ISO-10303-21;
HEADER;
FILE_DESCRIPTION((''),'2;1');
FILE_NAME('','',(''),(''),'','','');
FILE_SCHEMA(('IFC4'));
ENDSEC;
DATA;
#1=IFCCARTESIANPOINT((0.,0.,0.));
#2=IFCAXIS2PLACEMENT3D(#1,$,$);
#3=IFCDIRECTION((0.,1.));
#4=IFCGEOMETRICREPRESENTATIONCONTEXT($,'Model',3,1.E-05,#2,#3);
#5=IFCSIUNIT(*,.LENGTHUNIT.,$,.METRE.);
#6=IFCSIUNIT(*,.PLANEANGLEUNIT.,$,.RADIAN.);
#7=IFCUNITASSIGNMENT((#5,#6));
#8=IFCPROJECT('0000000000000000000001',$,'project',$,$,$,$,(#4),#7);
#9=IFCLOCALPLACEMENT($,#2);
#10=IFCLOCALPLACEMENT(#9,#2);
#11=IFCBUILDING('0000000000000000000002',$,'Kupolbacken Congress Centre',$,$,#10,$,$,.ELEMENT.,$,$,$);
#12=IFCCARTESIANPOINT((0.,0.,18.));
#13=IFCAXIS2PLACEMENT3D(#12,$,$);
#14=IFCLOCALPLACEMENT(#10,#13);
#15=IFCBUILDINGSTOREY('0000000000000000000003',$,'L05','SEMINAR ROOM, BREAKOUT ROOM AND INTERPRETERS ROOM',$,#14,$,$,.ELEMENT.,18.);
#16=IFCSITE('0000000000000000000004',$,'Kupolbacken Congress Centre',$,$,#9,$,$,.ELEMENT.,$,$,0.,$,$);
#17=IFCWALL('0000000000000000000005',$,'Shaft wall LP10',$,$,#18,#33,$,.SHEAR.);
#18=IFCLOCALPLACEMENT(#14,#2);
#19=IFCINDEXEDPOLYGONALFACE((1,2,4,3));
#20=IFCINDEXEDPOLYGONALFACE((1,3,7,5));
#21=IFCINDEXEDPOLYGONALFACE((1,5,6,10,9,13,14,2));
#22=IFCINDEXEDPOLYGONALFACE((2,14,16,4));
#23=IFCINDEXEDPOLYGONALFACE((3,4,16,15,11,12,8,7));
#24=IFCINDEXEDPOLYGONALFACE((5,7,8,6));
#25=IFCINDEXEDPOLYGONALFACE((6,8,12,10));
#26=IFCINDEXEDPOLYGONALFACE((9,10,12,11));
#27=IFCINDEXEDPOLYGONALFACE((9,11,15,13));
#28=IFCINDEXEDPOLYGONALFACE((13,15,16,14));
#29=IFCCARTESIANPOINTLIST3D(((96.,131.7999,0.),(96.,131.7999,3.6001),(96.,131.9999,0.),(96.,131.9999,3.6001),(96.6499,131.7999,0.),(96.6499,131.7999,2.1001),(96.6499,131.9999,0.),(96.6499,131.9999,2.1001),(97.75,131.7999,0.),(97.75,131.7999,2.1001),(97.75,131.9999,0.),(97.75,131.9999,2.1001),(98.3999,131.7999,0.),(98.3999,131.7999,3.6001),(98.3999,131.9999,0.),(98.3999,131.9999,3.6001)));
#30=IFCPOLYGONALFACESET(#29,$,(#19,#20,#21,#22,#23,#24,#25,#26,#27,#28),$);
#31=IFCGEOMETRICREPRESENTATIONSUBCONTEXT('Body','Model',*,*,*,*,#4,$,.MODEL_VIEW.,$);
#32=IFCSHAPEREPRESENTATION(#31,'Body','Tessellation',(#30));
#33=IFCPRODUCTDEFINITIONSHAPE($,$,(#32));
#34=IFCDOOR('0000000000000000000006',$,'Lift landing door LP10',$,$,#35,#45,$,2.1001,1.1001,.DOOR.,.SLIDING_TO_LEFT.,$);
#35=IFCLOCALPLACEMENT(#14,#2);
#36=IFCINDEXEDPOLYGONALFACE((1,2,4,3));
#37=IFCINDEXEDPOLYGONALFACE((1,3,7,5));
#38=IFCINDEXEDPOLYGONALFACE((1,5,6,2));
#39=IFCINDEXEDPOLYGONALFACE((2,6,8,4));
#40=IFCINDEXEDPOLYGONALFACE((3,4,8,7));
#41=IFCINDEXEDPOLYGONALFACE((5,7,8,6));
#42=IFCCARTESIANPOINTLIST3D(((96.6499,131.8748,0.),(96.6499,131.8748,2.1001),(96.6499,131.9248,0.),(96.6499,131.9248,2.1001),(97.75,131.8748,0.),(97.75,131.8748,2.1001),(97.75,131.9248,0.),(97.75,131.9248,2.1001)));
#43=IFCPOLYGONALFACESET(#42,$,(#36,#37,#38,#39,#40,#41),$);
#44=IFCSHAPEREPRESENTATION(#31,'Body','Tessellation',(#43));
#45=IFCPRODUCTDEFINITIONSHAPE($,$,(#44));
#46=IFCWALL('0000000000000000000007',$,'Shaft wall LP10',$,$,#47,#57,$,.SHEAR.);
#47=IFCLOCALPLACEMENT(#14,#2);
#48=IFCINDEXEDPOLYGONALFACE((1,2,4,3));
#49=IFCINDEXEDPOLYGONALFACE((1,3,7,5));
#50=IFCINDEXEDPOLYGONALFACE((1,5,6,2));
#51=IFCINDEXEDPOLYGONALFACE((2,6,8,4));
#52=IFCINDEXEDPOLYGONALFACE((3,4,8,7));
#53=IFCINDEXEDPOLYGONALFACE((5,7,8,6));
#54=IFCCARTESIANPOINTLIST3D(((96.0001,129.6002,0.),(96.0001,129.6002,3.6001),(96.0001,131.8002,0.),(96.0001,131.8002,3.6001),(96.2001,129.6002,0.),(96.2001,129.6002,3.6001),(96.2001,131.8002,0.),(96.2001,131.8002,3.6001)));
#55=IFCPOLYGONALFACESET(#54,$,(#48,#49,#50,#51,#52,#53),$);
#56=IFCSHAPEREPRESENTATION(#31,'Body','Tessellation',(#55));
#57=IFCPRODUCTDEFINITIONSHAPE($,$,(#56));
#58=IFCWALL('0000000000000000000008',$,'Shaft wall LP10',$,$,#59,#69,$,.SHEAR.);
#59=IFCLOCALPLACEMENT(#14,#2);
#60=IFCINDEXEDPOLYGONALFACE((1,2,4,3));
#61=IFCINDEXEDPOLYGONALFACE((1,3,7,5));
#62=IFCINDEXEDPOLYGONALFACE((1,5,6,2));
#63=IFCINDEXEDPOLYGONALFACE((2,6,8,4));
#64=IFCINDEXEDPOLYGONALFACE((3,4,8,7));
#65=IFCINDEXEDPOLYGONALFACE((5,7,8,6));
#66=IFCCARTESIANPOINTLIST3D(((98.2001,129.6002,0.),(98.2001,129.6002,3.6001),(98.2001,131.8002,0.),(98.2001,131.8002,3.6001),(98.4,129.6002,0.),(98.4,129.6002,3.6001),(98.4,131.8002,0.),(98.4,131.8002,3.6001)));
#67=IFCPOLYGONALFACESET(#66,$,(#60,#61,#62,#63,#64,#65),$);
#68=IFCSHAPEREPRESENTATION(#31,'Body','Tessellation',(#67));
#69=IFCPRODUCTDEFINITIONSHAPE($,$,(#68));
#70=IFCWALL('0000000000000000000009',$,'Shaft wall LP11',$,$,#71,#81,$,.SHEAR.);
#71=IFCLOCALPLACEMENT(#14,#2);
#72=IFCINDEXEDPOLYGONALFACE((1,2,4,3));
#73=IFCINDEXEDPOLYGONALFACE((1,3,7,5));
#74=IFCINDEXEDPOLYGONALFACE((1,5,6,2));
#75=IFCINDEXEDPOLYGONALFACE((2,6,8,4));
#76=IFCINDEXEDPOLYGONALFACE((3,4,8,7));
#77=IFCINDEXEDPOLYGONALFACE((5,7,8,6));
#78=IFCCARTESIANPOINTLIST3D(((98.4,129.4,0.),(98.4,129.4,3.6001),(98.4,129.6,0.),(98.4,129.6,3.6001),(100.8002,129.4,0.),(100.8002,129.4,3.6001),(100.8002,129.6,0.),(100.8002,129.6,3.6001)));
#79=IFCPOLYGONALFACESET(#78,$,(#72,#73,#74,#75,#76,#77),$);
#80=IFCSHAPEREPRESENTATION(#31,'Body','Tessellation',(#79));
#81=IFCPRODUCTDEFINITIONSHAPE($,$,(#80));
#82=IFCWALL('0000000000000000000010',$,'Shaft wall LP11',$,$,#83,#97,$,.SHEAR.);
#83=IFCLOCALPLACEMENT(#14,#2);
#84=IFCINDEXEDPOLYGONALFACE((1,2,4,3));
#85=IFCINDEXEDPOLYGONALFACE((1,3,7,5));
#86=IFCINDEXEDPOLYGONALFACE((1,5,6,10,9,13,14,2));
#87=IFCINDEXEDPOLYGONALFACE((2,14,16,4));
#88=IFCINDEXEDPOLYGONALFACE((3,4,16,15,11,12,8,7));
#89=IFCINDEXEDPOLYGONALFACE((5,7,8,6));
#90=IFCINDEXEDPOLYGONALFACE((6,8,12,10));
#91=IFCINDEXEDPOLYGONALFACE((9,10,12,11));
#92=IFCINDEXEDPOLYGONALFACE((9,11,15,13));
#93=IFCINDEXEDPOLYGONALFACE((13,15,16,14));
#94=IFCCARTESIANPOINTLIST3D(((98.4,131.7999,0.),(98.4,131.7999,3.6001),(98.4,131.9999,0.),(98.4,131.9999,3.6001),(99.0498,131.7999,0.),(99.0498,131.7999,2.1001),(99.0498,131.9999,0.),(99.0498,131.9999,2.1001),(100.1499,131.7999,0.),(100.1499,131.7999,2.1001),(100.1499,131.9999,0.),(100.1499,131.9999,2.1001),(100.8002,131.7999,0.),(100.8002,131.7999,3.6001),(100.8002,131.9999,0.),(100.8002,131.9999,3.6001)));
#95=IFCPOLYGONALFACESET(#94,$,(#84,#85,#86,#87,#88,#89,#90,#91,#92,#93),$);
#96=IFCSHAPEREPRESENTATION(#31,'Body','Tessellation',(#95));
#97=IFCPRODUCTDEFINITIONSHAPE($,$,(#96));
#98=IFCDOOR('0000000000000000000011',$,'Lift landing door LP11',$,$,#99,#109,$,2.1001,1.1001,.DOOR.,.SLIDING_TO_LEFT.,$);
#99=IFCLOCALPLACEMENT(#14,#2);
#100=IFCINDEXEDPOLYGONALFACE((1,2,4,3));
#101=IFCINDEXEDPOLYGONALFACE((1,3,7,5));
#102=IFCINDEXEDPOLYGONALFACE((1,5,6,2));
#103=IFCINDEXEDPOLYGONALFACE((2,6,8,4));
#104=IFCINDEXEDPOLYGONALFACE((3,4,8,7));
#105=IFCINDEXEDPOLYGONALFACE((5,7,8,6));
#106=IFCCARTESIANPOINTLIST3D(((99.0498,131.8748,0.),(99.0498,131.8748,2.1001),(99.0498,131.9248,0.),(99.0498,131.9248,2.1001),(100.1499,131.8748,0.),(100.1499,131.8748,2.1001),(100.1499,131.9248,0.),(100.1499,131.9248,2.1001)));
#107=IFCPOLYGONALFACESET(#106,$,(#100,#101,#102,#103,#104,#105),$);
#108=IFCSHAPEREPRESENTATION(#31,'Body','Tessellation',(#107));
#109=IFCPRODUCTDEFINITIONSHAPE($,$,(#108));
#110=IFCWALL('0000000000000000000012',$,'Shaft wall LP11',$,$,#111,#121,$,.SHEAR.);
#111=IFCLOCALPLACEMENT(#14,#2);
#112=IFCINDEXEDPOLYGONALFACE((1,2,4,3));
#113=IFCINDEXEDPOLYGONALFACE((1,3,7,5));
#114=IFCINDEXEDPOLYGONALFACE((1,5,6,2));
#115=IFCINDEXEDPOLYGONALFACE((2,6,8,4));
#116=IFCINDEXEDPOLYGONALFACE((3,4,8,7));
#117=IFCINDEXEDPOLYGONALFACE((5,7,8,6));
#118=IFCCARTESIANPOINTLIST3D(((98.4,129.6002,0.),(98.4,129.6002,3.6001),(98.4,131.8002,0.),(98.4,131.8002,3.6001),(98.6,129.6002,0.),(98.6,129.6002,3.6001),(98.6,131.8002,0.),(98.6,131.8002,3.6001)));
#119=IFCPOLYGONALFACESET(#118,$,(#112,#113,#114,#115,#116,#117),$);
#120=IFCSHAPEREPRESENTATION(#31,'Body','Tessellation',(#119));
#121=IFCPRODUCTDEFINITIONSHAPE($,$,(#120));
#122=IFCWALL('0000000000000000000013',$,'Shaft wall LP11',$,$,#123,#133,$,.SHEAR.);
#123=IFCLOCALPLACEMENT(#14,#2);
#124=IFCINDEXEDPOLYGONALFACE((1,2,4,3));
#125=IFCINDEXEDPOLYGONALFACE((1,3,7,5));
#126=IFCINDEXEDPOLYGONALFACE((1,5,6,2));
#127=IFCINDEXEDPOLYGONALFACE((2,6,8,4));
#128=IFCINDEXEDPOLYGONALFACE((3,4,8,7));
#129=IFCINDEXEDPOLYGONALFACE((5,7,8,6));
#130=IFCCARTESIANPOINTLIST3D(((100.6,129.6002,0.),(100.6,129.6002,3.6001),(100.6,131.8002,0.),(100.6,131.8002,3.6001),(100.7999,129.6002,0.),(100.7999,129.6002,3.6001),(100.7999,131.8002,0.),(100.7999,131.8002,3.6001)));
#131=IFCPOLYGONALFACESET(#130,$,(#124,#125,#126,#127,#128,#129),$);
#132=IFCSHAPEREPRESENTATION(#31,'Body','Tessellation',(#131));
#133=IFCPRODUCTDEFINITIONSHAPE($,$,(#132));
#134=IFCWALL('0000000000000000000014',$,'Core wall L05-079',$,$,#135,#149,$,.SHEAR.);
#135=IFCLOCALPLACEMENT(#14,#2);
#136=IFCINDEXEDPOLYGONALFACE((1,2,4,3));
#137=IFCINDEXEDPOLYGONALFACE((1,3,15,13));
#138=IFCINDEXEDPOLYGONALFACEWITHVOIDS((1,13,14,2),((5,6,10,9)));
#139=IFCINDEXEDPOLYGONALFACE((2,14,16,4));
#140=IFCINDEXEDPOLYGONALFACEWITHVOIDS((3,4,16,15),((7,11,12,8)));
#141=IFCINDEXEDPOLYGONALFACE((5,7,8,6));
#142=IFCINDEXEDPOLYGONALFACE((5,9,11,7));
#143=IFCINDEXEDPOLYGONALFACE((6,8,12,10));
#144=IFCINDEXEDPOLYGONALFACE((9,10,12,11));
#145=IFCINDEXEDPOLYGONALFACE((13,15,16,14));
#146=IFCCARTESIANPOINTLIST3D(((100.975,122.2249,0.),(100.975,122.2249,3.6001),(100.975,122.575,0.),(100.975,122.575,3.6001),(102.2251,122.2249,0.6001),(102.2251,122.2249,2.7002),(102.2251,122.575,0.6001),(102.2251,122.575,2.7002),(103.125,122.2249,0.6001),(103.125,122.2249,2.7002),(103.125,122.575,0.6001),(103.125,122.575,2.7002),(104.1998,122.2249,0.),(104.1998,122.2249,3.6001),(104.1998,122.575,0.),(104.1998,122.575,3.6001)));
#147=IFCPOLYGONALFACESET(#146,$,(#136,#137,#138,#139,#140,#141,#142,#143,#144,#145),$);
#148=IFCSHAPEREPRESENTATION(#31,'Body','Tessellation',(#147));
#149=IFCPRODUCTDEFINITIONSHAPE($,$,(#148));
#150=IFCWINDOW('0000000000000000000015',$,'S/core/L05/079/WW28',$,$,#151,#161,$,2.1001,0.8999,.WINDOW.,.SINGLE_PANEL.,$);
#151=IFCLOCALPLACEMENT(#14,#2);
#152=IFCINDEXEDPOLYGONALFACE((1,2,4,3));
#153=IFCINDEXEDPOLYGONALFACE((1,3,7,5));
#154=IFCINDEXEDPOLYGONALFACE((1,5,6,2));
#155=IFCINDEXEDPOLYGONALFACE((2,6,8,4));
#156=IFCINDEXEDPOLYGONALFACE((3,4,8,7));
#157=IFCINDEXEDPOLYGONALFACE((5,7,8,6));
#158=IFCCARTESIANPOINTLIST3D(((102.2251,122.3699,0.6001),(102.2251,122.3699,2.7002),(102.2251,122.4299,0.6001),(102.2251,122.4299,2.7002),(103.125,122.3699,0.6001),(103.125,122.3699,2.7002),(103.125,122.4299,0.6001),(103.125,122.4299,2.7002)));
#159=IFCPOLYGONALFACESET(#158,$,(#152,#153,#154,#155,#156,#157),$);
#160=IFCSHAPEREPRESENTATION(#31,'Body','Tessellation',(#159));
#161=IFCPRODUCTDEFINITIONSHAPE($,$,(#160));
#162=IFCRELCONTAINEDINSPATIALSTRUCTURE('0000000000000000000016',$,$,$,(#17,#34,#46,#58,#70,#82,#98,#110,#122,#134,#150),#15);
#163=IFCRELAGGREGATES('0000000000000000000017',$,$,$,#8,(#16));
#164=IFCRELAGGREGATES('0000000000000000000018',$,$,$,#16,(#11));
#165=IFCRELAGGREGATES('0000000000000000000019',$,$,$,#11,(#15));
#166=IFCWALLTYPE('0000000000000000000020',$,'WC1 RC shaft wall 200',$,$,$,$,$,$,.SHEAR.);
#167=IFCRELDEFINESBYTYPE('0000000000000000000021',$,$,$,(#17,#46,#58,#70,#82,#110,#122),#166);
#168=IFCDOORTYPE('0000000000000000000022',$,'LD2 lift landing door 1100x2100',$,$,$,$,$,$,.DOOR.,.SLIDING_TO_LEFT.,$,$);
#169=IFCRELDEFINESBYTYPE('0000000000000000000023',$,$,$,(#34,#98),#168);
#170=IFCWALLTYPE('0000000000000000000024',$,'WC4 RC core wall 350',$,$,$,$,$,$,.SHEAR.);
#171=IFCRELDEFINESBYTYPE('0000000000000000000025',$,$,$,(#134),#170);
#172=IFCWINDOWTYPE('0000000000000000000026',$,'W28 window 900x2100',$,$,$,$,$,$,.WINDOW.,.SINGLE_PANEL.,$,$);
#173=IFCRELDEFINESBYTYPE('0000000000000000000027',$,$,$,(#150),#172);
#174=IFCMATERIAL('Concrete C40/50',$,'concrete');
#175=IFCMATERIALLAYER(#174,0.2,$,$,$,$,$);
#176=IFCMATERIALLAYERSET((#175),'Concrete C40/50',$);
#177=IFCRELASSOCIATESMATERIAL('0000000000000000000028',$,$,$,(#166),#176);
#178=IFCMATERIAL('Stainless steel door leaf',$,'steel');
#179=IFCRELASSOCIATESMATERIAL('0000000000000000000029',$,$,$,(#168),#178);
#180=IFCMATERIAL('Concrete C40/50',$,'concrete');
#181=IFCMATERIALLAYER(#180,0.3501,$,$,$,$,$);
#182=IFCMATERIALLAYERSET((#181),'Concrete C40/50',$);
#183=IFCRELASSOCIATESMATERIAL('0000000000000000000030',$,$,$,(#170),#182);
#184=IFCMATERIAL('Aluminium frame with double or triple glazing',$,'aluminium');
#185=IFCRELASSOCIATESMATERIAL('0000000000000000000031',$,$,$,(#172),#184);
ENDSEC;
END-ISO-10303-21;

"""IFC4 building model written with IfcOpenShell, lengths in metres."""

from ifc_helpers import new_model, si_unit, direction, frame, frame_2d, origin, place, context, subcontext, project, spatial, rectangle, extrude, material, layer, layer_set, type_object, element, fill, save


model = new_model("IFC4")

# Units and contexts
model_context = context("Model", 3, precision=1e-05, world=origin(), true_north=direction((0.0, 1.0)))
body_context = subcontext(model_context, "Body", "Model", "MODEL_VIEW")
ifc_project = project(units=[si_unit("LENGTHUNIT", "METRE"), si_unit("PLANEANGLEUNIT", "RADIAN")], contexts=[model_context])

# Site, building, storey
site_placement = place(None, origin())
site = spatial("IfcSite", under=ifc_project, at=site_placement, Name="Kupolbacken Congress Centre", CompositionType="ELEMENT", RefElevation=0.0)
building_placement = place(site_placement, origin())
building = spatial("IfcBuilding", under=site, at=building_placement, Name="Kupolbacken Congress Centre", CompositionType="ELEMENT")
storey_placement = place(building_placement, frame((0.0, 0.0, 18.0)))
storey = spatial("IfcBuildingStorey", under=building, at=storey_placement, Name="L05", Description="SEMINAR ROOM, BREAKOUT ROOM AND INTERPRETERS ROOM", CompositionType="ELEMENT", Elevation=18.0)

# Shared definitions
ifc_material_1 = material(Name="Concrete C40/50", Category="concrete")
ifc_layer_1 = layer(ifc_material_1, 0.2)
ifc_layer_set_1 = layer_set([ifc_layer_1], Name="Concrete C40/50")
wall_type_1 = type_object("IfcWallType", Name="WC1 RC shaft wall 200", PredefinedType="SHEAR", material=ifc_layer_set_1)

# Wall, opening, door
wall_1_placement = place(storey_placement, frame((96.0, 131.8999, 0.0), z_axis=(0.0, 0.0, 1.0), x_axis=(1.0, 0.0, 0.0)))
wall_1 = element("IfcWall", 1, at=wall_1_placement, inside=storey, type_object=wall_type_1, Name="Shaft wall LP10", PredefinedType="SHEAR", context=body_context, shape_type="SweptSolid", body=[
    extrude(rectangle(XDim=2.3999, YDim=0.2, at=frame_2d((1.2, 0.0))), origin(), (0.0, 0.0, 1.0), 3.6001),
])
opening_1_placement = place(wall_1_placement, frame((0.6499, 0.0, 0.0)))
opening_1 = element("IfcOpeningElement", 2, at=opening_1_placement, cuts=wall_1, PredefinedType="OPENING", context=body_context, shape_type="SweptSolid", body=[
    extrude(rectangle(XDim=1.1001, YDim=2.1001, at=frame_2d((0.55, 1.05))), frame((0.0, 0.1099, 0.0), z_axis=(0.0, -1.0, 0.0), x_axis=(1.0, 0.0, 0.0)), (0.0, 0.0, 1.0), 0.22),
])
ifc_material_2 = material(Name="Stainless steel door leaf", Category="steel")
door_type_1 = type_object("IfcDoorType", Name="LD2 lift landing door 1100x2100", OperationType="SLIDING_TO_LEFT", PredefinedType="DOOR", material=ifc_material_2)
door_1_placement = place(opening_1_placement, origin())
door_1 = element("IfcDoor", 3, at=door_1_placement, inside=storey, type_object=door_type_1, Name="Lift landing door LP10", OperationType="SLIDING_TO_LEFT", OverallHeight=2.1001, OverallWidth=1.1001, PredefinedType="DOOR", context=body_context, shape_type="SweptSolid", body=[
    extrude(rectangle(XDim=1.1001, YDim=2.1001, at=frame_2d((0.55, 1.05))), frame((0.0, 0.0249, 0.0), z_axis=(0.0, -1.0, 0.0), x_axis=(1.0, 0.0, 0.0)), (0.0, 0.0, 1.0), 0.05),
])
fill(opening_1, door_1)

# Walls
for number, where, z_axis, x_axis, name in (
    (4, (96.1001, 129.6001, 0.0), (0.0, 0.0, 1.0), (0.0, 1.0, 0.0), "Shaft wall LP10"),
    (5, (98.3, 129.6001, 0.0), (0.0, 0.0, 1.0), (0.0, 1.0, 0.0), "Shaft wall LP10"),
):
    element("IfcWall", number, at=place(storey_placement, frame(where, z_axis=z_axis, x_axis=x_axis)), inside=storey, type_object=wall_type_1, Name=name, PredefinedType="SHEAR", context=body_context, shape_type="SweptSolid", body=[
        extrude(rectangle(XDim=2.2, YDim=0.2, at=frame_2d((1.1001, 0.0))), origin(), (0.0, 0.0, 1.0), 3.6001),
    ])
wall_2_placement = place(storey_placement, frame((98.3999, 129.5, 0.0), z_axis=(0.0, 0.0, 1.0), x_axis=(1.0, 0.0, 0.0)))
element("IfcWall", 6, at=wall_2_placement, inside=storey, type_object=wall_type_1, Name="Shaft wall LP11", PredefinedType="SHEAR", context=body_context, shape_type="SweptSolid", body=[
    extrude(rectangle(XDim=2.4001, YDim=0.2, at=frame_2d((1.2002, 0.0))), origin(), (0.0, 0.0, 1.0), 3.6001),
])

# Wall, opening, door
wall_3_placement = place(storey_placement, frame((98.3999, 131.8999, 0.0), z_axis=(0.0, 0.0, 1.0), x_axis=(1.0, 0.0, 0.0)))
wall_3 = element("IfcWall", 7, at=wall_3_placement, inside=storey, type_object=wall_type_1, Name="Shaft wall LP11", PredefinedType="SHEAR", context=body_context, shape_type="SweptSolid", body=[
    extrude(rectangle(XDim=2.4001, YDim=0.2, at=frame_2d((1.2002, 0.0))), origin(), (0.0, 0.0, 1.0), 3.6001),
])
opening_2_placement = place(wall_3_placement, frame((0.6499, 0.0, 0.0)))
opening_2 = element("IfcOpeningElement", 8, at=opening_2_placement, cuts=wall_3, PredefinedType="OPENING", context=body_context, shape_type="SweptSolid", body=[
    extrude(rectangle(XDim=1.1001, YDim=2.1001, at=frame_2d((0.55, 1.05))), frame((0.0, 0.1099, 0.0), z_axis=(0.0, -1.0, 0.0), x_axis=(1.0, 0.0, 0.0)), (0.0, 0.0, 1.0), 0.22),
])
door_2_placement = place(opening_2_placement, origin())
door_2 = element("IfcDoor", 9, at=door_2_placement, inside=storey, type_object=door_type_1, Name="Lift landing door LP11", OperationType="SLIDING_TO_LEFT", OverallHeight=2.1001, OverallWidth=1.1001, PredefinedType="DOOR", context=body_context, shape_type="SweptSolid", body=[
    extrude(rectangle(XDim=1.1001, YDim=2.1001, at=frame_2d((0.55, 1.05))), frame((0.0, 0.0249, 0.0), z_axis=(0.0, -1.0, 0.0), x_axis=(1.0, 0.0, 0.0)), (0.0, 0.0, 1.0), 0.05),
])
fill(opening_2, door_2)

# Walls
for number, where, z_axis, x_axis, name in (
    (10, (98.5, 129.6001, 0.0), (0.0, 0.0, 1.0), (0.0, 1.0, 0.0), "Shaft wall LP11"),
    (11, (100.7, 129.6001, 0.0), (0.0, 0.0, 1.0), (0.0, 1.0, 0.0), "Shaft wall LP11"),
):
    element("IfcWall", number, at=place(storey_placement, frame(where, z_axis=z_axis, x_axis=x_axis)), inside=storey, type_object=wall_type_1, Name=name, PredefinedType="SHEAR", context=body_context, shape_type="SweptSolid", body=[
        extrude(rectangle(XDim=2.2, YDim=0.2, at=frame_2d((1.1001, 0.0))), origin(), (0.0, 0.0, 1.0), 3.6001),
    ])

# Wall, opening, window
ifc_material_3 = material(Name="Concrete C40/50", Category="concrete")
ifc_layer_2 = layer(ifc_material_3, 0.3501)
ifc_layer_set_2 = layer_set([ifc_layer_2], Name="Concrete C40/50")
wall_type_2 = type_object("IfcWallType", Name="WC4 RC core wall 350", PredefinedType="SHEAR", material=ifc_layer_set_2)
wall_4_placement = place(storey_placement, frame((100.9751, 122.3999, 0.0), z_axis=(0.0, 0.0, 1.0), x_axis=(1.0, 0.0, 0.0)))
wall_4 = element("IfcWall", 12, at=wall_4_placement, inside=storey, type_object=wall_type_2, Name="Core wall L05-079", PredefinedType="SHEAR", context=body_context, shape_type="SweptSolid", body=[
    extrude(rectangle(XDim=3.2249, YDim=0.3501, at=frame_2d((1.6123, 0.0))), origin(), (0.0, 0.0, 1.0), 3.6001),
])
opening_3_placement = place(wall_4_placement, frame((1.25, 0.0, 0.6001)))
opening_3 = element("IfcOpeningElement", 13, at=opening_3_placement, cuts=wall_4, PredefinedType="OPENING", context=body_context, shape_type="SweptSolid", body=[
    extrude(rectangle(XDim=0.8999, YDim=2.1001, at=frame_2d((0.45, 1.05))), frame((0.0, 0.1851, 0.0), z_axis=(0.0, -1.0, 0.0), x_axis=(1.0, 0.0, 0.0)), (0.0, 0.0, 1.0), 0.3701),
])
ifc_material_4 = material(Name="Aluminium frame with double or triple glazing", Category="aluminium")
window_type = type_object("IfcWindowType", Name="W28 window 900x2100", PartitioningType="SINGLE_PANEL", PredefinedType="WINDOW", material=ifc_material_4)
window_placement = place(opening_3_placement, origin())
window = element("IfcWindow", 14, at=window_placement, inside=storey, type_object=window_type, Name="S/core/L05/079/WW28", OverallHeight=2.1001, OverallWidth=0.8999, PartitioningType="SINGLE_PANEL", PredefinedType="WINDOW", context=body_context, shape_type="SweptSolid", body=[
    extrude(rectangle(XDim=0.8999, YDim=2.1001, at=frame_2d((0.45, 1.05))), frame((0.0, 0.03, 0.0), z_axis=(0.0, -1.0, 0.0), x_axis=(1.0, 0.0, 0.0)), (0.0, 0.0, 1.0), 0.0601),
])
fill(opening_3, window)

save(model, "model.ifc")
